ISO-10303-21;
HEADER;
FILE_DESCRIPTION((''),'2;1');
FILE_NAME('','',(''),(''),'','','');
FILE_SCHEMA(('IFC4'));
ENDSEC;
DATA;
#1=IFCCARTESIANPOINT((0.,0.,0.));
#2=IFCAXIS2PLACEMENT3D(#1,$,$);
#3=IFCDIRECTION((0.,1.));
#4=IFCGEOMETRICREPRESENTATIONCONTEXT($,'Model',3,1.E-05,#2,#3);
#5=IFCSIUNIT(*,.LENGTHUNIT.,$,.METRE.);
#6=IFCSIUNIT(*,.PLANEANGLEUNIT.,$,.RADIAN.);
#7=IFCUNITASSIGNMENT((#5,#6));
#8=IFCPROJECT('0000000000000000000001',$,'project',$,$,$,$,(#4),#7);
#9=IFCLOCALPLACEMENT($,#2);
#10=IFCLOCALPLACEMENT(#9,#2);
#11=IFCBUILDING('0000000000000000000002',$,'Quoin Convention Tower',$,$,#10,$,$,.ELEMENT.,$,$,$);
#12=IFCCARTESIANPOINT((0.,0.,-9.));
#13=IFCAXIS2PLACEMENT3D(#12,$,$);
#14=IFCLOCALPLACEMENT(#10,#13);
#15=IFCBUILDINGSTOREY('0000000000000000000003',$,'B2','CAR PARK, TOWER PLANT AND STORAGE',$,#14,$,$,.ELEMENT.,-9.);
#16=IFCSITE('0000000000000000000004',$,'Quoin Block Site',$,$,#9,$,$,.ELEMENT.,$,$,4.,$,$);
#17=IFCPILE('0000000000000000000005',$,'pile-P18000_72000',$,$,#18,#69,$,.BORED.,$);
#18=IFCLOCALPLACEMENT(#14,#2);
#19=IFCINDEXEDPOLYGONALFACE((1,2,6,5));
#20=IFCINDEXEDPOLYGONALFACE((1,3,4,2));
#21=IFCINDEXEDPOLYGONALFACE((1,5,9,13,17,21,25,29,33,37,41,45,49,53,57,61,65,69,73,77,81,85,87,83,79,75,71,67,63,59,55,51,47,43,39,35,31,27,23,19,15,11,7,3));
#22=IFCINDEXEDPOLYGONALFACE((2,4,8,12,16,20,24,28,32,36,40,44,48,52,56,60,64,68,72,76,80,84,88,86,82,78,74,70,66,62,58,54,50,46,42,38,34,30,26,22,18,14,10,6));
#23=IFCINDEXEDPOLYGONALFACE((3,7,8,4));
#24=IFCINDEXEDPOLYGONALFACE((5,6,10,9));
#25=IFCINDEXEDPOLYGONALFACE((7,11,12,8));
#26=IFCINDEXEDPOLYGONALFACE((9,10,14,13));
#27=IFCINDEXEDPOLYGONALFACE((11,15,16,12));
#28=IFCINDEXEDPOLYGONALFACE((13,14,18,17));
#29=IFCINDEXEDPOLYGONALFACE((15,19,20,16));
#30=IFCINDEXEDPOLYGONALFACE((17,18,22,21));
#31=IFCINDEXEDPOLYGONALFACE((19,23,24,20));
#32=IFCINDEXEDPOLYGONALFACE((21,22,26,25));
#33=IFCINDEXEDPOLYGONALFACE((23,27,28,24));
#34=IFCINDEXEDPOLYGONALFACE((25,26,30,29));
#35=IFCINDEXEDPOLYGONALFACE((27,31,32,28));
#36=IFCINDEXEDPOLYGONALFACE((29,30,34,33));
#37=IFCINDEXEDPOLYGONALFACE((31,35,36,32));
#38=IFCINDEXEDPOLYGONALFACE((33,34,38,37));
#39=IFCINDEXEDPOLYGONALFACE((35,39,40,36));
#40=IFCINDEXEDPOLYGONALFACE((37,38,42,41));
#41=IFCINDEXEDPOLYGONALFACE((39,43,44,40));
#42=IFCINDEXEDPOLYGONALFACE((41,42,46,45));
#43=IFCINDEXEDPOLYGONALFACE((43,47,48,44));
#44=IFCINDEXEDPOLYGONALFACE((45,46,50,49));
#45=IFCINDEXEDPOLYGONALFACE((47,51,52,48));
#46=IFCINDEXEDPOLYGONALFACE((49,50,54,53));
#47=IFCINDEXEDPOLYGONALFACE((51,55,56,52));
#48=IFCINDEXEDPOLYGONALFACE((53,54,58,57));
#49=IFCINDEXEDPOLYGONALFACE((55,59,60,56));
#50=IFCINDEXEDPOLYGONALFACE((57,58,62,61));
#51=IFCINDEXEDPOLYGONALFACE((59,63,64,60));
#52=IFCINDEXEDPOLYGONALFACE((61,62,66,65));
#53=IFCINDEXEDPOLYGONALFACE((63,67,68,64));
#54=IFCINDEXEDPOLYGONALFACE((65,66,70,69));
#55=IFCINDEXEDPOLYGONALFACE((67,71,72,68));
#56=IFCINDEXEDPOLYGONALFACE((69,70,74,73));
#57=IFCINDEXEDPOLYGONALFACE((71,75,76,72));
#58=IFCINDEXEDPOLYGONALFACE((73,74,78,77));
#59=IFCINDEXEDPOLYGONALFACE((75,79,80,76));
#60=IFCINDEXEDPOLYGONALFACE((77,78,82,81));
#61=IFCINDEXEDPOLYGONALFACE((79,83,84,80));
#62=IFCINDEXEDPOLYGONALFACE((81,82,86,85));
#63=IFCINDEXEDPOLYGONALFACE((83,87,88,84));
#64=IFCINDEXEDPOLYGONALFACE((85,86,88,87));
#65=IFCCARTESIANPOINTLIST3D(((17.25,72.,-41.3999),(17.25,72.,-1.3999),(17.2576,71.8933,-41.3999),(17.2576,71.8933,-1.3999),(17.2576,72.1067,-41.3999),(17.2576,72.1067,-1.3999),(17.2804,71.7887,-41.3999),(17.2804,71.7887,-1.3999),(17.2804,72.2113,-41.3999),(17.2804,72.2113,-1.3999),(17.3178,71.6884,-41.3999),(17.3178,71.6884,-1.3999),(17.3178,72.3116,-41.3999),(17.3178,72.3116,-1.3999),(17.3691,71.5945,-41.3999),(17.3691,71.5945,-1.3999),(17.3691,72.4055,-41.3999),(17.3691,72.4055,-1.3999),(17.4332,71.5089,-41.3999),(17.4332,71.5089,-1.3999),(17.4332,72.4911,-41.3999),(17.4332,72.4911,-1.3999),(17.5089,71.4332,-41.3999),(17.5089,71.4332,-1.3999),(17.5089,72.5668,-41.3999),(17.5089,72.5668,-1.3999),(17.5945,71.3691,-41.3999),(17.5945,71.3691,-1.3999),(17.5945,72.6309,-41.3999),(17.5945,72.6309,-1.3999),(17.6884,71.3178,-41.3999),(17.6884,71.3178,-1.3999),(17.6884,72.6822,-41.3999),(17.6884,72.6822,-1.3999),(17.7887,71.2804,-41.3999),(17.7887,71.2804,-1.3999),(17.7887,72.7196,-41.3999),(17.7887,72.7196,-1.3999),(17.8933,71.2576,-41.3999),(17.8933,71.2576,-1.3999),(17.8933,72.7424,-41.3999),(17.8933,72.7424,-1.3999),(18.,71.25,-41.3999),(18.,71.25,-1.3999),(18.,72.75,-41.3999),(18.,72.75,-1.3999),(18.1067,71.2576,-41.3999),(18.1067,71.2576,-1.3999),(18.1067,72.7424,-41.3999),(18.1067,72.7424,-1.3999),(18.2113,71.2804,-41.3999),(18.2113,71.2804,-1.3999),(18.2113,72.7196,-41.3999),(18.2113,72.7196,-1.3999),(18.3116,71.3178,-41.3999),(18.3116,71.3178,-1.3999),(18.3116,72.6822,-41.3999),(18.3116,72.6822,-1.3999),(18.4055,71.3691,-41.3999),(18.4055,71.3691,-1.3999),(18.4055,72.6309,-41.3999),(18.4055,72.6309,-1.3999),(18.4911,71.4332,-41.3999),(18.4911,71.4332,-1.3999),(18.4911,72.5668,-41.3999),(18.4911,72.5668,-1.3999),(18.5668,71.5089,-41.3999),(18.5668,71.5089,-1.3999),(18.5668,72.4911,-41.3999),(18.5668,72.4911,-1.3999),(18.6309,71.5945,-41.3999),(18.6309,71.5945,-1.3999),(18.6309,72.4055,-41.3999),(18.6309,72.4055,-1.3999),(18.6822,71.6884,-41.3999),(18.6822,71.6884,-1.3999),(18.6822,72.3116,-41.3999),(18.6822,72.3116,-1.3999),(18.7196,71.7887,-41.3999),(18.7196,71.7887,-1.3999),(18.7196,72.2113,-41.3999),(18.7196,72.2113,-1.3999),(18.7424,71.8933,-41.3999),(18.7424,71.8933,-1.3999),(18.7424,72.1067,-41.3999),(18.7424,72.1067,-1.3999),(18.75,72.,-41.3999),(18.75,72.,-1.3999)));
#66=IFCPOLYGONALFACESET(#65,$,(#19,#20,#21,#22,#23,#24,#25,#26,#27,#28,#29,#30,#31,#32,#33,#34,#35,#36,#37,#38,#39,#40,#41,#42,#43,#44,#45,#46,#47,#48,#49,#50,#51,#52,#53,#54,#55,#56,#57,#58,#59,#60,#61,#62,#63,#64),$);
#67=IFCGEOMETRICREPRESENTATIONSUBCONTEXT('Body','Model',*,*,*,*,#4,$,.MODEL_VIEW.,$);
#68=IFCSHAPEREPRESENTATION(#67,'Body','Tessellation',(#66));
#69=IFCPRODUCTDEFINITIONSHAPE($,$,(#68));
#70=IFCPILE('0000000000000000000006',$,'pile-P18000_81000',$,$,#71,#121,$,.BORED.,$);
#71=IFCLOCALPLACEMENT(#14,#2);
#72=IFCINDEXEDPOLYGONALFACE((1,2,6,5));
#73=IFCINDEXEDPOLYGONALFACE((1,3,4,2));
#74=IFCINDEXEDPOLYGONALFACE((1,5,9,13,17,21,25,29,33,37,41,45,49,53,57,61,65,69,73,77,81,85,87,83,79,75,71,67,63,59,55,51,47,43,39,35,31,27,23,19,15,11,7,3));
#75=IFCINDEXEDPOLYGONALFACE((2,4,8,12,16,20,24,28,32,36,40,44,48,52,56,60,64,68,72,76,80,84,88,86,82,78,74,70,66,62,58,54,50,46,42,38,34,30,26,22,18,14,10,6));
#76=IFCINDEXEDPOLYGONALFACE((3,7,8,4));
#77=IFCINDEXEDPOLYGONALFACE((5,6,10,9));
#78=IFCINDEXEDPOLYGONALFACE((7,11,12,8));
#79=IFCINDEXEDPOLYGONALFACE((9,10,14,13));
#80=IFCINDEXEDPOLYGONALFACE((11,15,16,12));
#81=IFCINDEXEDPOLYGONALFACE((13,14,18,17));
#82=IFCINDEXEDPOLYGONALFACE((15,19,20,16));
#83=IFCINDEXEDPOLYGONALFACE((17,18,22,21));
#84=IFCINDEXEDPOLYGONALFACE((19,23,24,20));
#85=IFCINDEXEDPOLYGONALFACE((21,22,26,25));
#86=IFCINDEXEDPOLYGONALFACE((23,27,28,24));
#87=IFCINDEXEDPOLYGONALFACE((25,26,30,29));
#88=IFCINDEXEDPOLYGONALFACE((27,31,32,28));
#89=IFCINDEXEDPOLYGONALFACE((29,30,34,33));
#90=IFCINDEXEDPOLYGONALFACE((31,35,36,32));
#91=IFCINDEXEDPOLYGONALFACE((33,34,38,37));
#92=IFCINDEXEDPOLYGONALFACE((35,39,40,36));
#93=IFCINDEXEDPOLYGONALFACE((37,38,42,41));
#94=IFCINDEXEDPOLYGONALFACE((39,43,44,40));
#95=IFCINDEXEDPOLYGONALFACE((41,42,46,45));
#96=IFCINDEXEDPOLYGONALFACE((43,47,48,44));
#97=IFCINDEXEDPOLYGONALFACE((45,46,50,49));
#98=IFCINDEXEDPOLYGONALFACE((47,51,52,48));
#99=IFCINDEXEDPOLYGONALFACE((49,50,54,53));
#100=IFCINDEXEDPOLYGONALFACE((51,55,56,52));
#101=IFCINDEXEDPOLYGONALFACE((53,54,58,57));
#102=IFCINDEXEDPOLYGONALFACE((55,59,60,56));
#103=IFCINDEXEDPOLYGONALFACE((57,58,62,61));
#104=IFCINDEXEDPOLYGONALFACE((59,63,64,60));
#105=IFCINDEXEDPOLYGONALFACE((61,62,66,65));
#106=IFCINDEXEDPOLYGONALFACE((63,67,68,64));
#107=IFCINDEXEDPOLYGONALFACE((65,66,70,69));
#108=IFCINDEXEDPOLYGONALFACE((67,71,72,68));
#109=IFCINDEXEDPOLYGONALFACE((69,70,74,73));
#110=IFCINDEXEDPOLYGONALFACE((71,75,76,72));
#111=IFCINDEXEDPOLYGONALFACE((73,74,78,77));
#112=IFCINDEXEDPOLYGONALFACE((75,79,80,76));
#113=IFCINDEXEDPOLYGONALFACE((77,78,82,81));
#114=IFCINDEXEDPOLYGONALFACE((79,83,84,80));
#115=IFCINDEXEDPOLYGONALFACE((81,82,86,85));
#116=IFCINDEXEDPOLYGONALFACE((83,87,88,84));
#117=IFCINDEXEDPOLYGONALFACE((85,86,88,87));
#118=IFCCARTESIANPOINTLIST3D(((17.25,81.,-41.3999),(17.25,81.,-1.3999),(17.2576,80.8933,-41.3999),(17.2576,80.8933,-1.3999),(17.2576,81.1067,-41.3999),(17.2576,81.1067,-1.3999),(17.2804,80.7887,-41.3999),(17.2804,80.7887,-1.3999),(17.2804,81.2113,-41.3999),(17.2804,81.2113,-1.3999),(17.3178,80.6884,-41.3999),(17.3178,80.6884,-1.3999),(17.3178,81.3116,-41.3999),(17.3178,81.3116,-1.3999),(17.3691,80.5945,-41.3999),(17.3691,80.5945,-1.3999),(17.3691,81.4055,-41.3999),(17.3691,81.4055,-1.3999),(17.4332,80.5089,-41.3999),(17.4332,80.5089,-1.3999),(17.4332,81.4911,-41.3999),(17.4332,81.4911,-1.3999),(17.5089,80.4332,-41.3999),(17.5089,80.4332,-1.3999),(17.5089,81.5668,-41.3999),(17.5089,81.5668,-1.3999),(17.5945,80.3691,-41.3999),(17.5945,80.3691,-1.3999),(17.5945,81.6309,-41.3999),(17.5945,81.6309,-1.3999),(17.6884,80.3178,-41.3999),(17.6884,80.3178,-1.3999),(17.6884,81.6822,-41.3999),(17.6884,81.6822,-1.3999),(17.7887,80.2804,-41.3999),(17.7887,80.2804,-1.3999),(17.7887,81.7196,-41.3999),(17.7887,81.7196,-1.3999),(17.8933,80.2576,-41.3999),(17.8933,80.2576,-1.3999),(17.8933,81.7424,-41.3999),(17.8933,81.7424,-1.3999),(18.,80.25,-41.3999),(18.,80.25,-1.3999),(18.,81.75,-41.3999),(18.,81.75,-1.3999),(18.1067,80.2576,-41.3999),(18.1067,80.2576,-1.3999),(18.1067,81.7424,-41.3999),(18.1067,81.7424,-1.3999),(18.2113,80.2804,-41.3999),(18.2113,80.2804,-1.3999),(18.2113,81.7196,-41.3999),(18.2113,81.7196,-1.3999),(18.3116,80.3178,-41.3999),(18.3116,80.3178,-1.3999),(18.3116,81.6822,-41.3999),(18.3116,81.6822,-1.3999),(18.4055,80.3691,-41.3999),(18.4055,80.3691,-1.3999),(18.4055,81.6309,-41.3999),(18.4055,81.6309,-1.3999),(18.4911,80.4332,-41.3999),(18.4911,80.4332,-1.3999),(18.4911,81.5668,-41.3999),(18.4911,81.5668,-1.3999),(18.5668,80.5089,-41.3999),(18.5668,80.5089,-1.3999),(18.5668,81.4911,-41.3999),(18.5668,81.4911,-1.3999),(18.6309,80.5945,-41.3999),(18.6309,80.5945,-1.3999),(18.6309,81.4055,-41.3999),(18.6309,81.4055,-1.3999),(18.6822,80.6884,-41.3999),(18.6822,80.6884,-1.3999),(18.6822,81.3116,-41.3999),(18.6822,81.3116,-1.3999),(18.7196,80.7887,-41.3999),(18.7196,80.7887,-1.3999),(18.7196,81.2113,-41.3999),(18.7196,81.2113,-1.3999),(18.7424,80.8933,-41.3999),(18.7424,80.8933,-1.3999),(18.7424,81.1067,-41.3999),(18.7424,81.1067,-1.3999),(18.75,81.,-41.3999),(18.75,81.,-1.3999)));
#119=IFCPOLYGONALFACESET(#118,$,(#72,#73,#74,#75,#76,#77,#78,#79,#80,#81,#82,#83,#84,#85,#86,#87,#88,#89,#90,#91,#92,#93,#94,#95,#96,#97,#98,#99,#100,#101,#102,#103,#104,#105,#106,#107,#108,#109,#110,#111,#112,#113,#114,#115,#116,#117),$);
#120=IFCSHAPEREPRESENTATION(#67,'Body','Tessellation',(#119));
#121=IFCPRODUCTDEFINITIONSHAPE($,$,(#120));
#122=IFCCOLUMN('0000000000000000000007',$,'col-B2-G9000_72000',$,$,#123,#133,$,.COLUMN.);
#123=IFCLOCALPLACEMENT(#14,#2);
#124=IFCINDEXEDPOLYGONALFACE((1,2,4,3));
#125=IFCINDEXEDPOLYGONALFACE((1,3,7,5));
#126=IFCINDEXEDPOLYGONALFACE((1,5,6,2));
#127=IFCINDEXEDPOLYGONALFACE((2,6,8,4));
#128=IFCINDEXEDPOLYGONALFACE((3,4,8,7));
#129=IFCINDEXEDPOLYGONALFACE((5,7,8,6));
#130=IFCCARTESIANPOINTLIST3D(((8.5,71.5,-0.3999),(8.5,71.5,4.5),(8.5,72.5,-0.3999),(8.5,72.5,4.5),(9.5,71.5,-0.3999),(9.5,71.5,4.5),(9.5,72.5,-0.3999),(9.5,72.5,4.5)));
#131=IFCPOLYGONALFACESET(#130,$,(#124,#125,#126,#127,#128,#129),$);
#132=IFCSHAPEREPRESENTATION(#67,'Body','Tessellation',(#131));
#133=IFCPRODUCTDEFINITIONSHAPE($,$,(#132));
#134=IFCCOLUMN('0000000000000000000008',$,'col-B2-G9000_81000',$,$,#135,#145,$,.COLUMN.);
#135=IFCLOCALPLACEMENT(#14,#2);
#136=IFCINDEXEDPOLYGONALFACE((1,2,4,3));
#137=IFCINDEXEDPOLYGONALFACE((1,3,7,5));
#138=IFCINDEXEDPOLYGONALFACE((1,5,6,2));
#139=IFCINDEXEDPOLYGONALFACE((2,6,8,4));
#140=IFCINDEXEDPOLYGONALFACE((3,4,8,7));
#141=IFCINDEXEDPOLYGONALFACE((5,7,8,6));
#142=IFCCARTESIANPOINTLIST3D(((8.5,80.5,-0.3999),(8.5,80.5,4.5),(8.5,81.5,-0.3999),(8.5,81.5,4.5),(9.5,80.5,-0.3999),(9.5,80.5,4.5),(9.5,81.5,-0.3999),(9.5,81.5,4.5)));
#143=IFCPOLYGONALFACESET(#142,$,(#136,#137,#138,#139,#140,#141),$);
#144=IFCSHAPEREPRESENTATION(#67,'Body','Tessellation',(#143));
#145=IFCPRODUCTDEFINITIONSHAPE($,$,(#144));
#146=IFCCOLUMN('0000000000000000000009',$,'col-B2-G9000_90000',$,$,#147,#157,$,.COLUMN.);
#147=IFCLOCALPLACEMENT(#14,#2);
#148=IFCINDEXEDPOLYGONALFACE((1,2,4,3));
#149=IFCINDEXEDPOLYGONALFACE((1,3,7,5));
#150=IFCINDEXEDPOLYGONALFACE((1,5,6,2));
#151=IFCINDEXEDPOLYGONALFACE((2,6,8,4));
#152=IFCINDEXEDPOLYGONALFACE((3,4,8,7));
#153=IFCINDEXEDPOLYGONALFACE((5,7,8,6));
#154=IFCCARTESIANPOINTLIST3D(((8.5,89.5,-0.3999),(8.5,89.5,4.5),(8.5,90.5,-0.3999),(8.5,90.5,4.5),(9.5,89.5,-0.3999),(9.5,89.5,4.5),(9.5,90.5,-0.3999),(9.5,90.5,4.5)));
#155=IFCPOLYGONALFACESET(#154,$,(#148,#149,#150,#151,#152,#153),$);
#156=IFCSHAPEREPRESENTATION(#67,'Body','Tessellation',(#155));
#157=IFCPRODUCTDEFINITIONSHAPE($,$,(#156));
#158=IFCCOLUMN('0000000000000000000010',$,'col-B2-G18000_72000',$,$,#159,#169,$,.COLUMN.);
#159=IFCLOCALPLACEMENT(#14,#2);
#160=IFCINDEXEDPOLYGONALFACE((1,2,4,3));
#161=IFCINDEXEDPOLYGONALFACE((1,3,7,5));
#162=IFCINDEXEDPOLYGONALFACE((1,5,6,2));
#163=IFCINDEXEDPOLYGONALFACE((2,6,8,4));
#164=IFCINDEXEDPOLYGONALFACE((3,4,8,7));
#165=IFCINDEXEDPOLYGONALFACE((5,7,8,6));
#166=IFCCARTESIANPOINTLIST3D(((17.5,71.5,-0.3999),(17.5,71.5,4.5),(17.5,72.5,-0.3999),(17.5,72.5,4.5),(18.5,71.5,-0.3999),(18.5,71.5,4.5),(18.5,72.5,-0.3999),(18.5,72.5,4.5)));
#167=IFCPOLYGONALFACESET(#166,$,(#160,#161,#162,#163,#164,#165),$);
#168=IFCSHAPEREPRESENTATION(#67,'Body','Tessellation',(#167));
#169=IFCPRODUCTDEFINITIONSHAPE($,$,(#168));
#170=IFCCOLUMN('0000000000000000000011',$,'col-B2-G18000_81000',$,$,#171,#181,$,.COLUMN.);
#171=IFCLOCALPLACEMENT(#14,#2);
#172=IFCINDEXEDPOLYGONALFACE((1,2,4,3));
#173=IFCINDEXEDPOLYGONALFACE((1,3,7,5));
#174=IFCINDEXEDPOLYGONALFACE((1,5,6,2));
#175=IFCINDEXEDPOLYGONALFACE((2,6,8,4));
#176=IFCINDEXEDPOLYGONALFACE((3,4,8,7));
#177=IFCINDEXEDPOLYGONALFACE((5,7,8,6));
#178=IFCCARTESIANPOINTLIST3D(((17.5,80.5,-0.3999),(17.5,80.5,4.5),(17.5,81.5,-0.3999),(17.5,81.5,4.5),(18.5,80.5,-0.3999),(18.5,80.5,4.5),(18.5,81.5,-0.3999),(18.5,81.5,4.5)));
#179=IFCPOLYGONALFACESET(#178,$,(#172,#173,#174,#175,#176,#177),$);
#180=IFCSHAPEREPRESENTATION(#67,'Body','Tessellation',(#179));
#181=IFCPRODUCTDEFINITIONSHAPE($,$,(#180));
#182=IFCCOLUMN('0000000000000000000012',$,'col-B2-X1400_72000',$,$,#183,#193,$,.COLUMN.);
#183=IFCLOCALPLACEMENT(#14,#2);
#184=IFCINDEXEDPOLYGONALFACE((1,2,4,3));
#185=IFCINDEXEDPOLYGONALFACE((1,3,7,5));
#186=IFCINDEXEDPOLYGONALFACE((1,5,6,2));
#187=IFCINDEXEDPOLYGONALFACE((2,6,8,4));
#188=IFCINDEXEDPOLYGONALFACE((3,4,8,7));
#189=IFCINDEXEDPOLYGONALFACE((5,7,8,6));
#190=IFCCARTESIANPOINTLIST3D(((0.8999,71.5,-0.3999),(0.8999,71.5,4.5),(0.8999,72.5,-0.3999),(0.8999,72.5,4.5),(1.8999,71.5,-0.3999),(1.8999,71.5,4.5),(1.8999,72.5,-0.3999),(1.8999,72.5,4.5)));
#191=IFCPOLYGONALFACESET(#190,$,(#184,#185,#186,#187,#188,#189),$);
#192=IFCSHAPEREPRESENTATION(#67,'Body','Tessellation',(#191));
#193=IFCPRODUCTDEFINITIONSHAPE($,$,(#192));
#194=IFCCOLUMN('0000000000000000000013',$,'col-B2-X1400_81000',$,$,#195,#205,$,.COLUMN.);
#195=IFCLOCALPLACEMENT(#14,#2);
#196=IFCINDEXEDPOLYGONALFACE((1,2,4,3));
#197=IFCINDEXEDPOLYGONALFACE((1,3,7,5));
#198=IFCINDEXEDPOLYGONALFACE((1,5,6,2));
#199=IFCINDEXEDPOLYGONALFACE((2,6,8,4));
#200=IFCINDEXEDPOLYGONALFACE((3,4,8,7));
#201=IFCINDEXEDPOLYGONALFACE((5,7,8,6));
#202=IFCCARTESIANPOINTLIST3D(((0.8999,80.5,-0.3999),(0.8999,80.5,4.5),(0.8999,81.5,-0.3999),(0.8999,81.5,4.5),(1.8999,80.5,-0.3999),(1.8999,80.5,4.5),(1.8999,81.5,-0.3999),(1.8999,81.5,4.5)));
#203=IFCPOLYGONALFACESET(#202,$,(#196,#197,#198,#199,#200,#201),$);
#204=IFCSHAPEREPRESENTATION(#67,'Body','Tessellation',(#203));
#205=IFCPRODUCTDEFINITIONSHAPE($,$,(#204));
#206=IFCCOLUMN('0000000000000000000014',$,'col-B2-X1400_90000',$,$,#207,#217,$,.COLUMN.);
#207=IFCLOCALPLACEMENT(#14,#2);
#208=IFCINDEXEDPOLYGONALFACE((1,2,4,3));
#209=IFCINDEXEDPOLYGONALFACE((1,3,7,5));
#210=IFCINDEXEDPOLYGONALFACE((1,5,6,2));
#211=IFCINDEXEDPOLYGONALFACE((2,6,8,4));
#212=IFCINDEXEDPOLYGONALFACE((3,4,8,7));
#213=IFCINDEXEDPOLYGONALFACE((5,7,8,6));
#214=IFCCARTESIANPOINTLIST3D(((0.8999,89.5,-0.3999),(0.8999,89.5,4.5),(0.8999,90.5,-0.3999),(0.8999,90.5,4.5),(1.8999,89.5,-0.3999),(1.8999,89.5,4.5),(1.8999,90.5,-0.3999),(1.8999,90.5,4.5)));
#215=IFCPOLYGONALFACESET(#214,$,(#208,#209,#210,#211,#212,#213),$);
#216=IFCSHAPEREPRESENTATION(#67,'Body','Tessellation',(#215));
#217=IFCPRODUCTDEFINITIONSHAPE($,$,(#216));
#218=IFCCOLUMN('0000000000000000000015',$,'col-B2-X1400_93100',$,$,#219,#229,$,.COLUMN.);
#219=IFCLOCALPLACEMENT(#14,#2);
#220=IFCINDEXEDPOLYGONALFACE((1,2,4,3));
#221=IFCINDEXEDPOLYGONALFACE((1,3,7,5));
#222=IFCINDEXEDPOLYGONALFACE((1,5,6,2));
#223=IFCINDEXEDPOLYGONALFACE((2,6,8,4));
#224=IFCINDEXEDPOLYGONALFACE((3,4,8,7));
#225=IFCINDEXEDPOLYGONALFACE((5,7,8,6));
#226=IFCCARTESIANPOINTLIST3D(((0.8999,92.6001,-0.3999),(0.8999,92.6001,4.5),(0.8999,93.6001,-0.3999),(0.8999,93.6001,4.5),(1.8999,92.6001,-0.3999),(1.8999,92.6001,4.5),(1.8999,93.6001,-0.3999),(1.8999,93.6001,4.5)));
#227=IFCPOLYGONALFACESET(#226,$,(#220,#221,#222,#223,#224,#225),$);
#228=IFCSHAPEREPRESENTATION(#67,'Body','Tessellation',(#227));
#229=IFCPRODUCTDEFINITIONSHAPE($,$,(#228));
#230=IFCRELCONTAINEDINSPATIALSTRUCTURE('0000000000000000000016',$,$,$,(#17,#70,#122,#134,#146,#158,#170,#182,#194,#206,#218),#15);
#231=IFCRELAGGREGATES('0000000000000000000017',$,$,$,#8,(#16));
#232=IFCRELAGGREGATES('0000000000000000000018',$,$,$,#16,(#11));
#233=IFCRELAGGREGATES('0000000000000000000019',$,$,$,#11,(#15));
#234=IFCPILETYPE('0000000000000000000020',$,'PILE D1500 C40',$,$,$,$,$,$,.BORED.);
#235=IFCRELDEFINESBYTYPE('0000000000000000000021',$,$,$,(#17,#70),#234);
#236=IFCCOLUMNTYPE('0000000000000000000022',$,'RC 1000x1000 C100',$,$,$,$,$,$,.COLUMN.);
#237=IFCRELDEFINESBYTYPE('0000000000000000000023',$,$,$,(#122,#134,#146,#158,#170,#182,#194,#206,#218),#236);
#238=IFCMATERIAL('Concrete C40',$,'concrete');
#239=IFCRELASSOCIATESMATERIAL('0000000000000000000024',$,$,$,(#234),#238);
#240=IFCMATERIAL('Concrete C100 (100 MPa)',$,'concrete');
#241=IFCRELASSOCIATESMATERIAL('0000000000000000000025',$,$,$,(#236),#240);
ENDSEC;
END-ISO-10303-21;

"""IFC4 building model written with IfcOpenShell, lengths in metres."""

from ifc_helpers import new_model, si_unit, direction, frame, origin, origin_2d, place, context, subcontext, project, spatial, rectangle, circle, extrude, material, material_profile, profile_set, type_object, element, save


model = new_model("IFC4")

# Units and contexts
model_context = context("Model", 3, precision=1e-05, world=origin(), true_north=direction((0.0, 1.0)))
body_context = subcontext(model_context, "Body", "Model", "MODEL_VIEW")
ifc_project = project(units=[si_unit("LENGTHUNIT", "METRE"), si_unit("PLANEANGLEUNIT", "RADIAN")], contexts=[model_context])

# Site, building, storey
site_placement = place(None, origin())
site = spatial("IfcSite", under=ifc_project, at=site_placement, Name="Quoin Block Site", CompositionType="ELEMENT", RefElevation=4.0)
building_placement = place(site_placement, origin())
building = spatial("IfcBuilding", under=site, at=building_placement, Name="Quoin Convention Tower", CompositionType="ELEMENT")
storey_placement = place(building_placement, frame((0.0, 0.0, -9.0)))
storey = spatial("IfcBuildingStorey", under=building, at=storey_placement, Name="B2", Description="CAR PARK, TOWER PLANT AND STORAGE", CompositionType="ELEMENT", Elevation=-9.0)

# Piles
ifc_material_1 = material(Name="Concrete C40", Category="concrete")
ifc_material_profile_1 = material_profile(ifc_material_1, circle(Radius=0.75, at=origin_2d()), Name="D1500")
ifc_profile_set_1 = profile_set([ifc_material_profile_1], Name="Concrete C40")
pile_type = type_object("IfcPileType", Name="PILE D1500 C40", PredefinedType="BORED", material=ifc_profile_set_1)
for number, where, z_axis, x_axis, name in (
    (1, (18.0, 72.0, -1.3999), (0.0, 0.0, -1.0), (1.0, 0.0, 0.0), "pile-P18000_72000"),
    (2, (18.0, 81.0, -1.3999), (0.0, 0.0, -1.0), (1.0, 0.0, 0.0), "pile-P18000_81000"),
):
    element("IfcPile", number, at=place(storey_placement, frame(where, z_axis=z_axis, x_axis=x_axis)), inside=storey, type_object=pile_type, Name=name, PredefinedType="BORED", context=body_context, shape_type="SweptSolid", body=[
        extrude(circle(Radius=0.75, at=origin_2d()), origin(), (0.0, 0.0, 1.0), 40.0),
    ])

# Columns
ifc_material_2 = material(Name="Concrete C100 (100 MPa)", Category="concrete")
ifc_material_profile_2 = material_profile(ifc_material_2, rectangle(XDim=1.0, YDim=1.0, at=origin_2d()), Name="RC 1000x1000")
ifc_profile_set_2 = profile_set([ifc_material_profile_2], Name="Concrete C100 (100 MPa)")
column_type = type_object("IfcColumnType", Name="RC 1000x1000 C100", PredefinedType="COLUMN", material=ifc_profile_set_2)
for number, where, z_axis, x_axis, name in (
    (3, (9.0, 72.0, -0.3999), (0.0, 0.0, 1.0), (1.0, 0.0, 0.0), "col-B2-G9000_72000"),
    (4, (9.0, 81.0, -0.3999), (0.0, 0.0, 1.0), (1.0, 0.0, 0.0), "col-B2-G9000_81000"),
    (5, (9.0, 90.0, -0.3999), (0.0, 0.0, 1.0), (1.0, 0.0, 0.0), "col-B2-G9000_90000"),
    (6, (18.0, 72.0, -0.3999), (0.0, 0.0, 1.0), (1.0, 0.0, 0.0), "col-B2-G18000_72000"),
    (7, (18.0, 81.0, -0.3999), (0.0, 0.0, 1.0), (1.0, 0.0, 0.0), "col-B2-G18000_81000"),
    (8, (1.3999, 72.0, -0.3999), (0.0, 0.0, 1.0), (1.0, 0.0, 0.0), "col-B2-X1400_72000"),
    (9, (1.3999, 81.0, -0.3999), (0.0, 0.0, 1.0), (1.0, 0.0, 0.0), "col-B2-X1400_81000"),
    (10, (1.3999, 90.0, -0.3999), (0.0, 0.0, 1.0), (1.0, 0.0, 0.0), "col-B2-X1400_90000"),
    (11, (1.3999, 93.1001, -0.3999), (0.0, 0.0, 1.0), (1.0, 0.0, 0.0), "col-B2-X1400_93100"),
):
    element("IfcColumn", number, at=place(storey_placement, frame(where, z_axis=z_axis, x_axis=x_axis)), inside=storey, type_object=column_type, Name=name, PredefinedType="COLUMN", context=body_context, shape_type="SweptSolid", body=[
        extrude(rectangle(XDim=1.0, YDim=1.0, at=origin_2d()), origin(), (0.0, 0.0, 1.0), 4.8999),
    ])

save(model, "model.ifc")
